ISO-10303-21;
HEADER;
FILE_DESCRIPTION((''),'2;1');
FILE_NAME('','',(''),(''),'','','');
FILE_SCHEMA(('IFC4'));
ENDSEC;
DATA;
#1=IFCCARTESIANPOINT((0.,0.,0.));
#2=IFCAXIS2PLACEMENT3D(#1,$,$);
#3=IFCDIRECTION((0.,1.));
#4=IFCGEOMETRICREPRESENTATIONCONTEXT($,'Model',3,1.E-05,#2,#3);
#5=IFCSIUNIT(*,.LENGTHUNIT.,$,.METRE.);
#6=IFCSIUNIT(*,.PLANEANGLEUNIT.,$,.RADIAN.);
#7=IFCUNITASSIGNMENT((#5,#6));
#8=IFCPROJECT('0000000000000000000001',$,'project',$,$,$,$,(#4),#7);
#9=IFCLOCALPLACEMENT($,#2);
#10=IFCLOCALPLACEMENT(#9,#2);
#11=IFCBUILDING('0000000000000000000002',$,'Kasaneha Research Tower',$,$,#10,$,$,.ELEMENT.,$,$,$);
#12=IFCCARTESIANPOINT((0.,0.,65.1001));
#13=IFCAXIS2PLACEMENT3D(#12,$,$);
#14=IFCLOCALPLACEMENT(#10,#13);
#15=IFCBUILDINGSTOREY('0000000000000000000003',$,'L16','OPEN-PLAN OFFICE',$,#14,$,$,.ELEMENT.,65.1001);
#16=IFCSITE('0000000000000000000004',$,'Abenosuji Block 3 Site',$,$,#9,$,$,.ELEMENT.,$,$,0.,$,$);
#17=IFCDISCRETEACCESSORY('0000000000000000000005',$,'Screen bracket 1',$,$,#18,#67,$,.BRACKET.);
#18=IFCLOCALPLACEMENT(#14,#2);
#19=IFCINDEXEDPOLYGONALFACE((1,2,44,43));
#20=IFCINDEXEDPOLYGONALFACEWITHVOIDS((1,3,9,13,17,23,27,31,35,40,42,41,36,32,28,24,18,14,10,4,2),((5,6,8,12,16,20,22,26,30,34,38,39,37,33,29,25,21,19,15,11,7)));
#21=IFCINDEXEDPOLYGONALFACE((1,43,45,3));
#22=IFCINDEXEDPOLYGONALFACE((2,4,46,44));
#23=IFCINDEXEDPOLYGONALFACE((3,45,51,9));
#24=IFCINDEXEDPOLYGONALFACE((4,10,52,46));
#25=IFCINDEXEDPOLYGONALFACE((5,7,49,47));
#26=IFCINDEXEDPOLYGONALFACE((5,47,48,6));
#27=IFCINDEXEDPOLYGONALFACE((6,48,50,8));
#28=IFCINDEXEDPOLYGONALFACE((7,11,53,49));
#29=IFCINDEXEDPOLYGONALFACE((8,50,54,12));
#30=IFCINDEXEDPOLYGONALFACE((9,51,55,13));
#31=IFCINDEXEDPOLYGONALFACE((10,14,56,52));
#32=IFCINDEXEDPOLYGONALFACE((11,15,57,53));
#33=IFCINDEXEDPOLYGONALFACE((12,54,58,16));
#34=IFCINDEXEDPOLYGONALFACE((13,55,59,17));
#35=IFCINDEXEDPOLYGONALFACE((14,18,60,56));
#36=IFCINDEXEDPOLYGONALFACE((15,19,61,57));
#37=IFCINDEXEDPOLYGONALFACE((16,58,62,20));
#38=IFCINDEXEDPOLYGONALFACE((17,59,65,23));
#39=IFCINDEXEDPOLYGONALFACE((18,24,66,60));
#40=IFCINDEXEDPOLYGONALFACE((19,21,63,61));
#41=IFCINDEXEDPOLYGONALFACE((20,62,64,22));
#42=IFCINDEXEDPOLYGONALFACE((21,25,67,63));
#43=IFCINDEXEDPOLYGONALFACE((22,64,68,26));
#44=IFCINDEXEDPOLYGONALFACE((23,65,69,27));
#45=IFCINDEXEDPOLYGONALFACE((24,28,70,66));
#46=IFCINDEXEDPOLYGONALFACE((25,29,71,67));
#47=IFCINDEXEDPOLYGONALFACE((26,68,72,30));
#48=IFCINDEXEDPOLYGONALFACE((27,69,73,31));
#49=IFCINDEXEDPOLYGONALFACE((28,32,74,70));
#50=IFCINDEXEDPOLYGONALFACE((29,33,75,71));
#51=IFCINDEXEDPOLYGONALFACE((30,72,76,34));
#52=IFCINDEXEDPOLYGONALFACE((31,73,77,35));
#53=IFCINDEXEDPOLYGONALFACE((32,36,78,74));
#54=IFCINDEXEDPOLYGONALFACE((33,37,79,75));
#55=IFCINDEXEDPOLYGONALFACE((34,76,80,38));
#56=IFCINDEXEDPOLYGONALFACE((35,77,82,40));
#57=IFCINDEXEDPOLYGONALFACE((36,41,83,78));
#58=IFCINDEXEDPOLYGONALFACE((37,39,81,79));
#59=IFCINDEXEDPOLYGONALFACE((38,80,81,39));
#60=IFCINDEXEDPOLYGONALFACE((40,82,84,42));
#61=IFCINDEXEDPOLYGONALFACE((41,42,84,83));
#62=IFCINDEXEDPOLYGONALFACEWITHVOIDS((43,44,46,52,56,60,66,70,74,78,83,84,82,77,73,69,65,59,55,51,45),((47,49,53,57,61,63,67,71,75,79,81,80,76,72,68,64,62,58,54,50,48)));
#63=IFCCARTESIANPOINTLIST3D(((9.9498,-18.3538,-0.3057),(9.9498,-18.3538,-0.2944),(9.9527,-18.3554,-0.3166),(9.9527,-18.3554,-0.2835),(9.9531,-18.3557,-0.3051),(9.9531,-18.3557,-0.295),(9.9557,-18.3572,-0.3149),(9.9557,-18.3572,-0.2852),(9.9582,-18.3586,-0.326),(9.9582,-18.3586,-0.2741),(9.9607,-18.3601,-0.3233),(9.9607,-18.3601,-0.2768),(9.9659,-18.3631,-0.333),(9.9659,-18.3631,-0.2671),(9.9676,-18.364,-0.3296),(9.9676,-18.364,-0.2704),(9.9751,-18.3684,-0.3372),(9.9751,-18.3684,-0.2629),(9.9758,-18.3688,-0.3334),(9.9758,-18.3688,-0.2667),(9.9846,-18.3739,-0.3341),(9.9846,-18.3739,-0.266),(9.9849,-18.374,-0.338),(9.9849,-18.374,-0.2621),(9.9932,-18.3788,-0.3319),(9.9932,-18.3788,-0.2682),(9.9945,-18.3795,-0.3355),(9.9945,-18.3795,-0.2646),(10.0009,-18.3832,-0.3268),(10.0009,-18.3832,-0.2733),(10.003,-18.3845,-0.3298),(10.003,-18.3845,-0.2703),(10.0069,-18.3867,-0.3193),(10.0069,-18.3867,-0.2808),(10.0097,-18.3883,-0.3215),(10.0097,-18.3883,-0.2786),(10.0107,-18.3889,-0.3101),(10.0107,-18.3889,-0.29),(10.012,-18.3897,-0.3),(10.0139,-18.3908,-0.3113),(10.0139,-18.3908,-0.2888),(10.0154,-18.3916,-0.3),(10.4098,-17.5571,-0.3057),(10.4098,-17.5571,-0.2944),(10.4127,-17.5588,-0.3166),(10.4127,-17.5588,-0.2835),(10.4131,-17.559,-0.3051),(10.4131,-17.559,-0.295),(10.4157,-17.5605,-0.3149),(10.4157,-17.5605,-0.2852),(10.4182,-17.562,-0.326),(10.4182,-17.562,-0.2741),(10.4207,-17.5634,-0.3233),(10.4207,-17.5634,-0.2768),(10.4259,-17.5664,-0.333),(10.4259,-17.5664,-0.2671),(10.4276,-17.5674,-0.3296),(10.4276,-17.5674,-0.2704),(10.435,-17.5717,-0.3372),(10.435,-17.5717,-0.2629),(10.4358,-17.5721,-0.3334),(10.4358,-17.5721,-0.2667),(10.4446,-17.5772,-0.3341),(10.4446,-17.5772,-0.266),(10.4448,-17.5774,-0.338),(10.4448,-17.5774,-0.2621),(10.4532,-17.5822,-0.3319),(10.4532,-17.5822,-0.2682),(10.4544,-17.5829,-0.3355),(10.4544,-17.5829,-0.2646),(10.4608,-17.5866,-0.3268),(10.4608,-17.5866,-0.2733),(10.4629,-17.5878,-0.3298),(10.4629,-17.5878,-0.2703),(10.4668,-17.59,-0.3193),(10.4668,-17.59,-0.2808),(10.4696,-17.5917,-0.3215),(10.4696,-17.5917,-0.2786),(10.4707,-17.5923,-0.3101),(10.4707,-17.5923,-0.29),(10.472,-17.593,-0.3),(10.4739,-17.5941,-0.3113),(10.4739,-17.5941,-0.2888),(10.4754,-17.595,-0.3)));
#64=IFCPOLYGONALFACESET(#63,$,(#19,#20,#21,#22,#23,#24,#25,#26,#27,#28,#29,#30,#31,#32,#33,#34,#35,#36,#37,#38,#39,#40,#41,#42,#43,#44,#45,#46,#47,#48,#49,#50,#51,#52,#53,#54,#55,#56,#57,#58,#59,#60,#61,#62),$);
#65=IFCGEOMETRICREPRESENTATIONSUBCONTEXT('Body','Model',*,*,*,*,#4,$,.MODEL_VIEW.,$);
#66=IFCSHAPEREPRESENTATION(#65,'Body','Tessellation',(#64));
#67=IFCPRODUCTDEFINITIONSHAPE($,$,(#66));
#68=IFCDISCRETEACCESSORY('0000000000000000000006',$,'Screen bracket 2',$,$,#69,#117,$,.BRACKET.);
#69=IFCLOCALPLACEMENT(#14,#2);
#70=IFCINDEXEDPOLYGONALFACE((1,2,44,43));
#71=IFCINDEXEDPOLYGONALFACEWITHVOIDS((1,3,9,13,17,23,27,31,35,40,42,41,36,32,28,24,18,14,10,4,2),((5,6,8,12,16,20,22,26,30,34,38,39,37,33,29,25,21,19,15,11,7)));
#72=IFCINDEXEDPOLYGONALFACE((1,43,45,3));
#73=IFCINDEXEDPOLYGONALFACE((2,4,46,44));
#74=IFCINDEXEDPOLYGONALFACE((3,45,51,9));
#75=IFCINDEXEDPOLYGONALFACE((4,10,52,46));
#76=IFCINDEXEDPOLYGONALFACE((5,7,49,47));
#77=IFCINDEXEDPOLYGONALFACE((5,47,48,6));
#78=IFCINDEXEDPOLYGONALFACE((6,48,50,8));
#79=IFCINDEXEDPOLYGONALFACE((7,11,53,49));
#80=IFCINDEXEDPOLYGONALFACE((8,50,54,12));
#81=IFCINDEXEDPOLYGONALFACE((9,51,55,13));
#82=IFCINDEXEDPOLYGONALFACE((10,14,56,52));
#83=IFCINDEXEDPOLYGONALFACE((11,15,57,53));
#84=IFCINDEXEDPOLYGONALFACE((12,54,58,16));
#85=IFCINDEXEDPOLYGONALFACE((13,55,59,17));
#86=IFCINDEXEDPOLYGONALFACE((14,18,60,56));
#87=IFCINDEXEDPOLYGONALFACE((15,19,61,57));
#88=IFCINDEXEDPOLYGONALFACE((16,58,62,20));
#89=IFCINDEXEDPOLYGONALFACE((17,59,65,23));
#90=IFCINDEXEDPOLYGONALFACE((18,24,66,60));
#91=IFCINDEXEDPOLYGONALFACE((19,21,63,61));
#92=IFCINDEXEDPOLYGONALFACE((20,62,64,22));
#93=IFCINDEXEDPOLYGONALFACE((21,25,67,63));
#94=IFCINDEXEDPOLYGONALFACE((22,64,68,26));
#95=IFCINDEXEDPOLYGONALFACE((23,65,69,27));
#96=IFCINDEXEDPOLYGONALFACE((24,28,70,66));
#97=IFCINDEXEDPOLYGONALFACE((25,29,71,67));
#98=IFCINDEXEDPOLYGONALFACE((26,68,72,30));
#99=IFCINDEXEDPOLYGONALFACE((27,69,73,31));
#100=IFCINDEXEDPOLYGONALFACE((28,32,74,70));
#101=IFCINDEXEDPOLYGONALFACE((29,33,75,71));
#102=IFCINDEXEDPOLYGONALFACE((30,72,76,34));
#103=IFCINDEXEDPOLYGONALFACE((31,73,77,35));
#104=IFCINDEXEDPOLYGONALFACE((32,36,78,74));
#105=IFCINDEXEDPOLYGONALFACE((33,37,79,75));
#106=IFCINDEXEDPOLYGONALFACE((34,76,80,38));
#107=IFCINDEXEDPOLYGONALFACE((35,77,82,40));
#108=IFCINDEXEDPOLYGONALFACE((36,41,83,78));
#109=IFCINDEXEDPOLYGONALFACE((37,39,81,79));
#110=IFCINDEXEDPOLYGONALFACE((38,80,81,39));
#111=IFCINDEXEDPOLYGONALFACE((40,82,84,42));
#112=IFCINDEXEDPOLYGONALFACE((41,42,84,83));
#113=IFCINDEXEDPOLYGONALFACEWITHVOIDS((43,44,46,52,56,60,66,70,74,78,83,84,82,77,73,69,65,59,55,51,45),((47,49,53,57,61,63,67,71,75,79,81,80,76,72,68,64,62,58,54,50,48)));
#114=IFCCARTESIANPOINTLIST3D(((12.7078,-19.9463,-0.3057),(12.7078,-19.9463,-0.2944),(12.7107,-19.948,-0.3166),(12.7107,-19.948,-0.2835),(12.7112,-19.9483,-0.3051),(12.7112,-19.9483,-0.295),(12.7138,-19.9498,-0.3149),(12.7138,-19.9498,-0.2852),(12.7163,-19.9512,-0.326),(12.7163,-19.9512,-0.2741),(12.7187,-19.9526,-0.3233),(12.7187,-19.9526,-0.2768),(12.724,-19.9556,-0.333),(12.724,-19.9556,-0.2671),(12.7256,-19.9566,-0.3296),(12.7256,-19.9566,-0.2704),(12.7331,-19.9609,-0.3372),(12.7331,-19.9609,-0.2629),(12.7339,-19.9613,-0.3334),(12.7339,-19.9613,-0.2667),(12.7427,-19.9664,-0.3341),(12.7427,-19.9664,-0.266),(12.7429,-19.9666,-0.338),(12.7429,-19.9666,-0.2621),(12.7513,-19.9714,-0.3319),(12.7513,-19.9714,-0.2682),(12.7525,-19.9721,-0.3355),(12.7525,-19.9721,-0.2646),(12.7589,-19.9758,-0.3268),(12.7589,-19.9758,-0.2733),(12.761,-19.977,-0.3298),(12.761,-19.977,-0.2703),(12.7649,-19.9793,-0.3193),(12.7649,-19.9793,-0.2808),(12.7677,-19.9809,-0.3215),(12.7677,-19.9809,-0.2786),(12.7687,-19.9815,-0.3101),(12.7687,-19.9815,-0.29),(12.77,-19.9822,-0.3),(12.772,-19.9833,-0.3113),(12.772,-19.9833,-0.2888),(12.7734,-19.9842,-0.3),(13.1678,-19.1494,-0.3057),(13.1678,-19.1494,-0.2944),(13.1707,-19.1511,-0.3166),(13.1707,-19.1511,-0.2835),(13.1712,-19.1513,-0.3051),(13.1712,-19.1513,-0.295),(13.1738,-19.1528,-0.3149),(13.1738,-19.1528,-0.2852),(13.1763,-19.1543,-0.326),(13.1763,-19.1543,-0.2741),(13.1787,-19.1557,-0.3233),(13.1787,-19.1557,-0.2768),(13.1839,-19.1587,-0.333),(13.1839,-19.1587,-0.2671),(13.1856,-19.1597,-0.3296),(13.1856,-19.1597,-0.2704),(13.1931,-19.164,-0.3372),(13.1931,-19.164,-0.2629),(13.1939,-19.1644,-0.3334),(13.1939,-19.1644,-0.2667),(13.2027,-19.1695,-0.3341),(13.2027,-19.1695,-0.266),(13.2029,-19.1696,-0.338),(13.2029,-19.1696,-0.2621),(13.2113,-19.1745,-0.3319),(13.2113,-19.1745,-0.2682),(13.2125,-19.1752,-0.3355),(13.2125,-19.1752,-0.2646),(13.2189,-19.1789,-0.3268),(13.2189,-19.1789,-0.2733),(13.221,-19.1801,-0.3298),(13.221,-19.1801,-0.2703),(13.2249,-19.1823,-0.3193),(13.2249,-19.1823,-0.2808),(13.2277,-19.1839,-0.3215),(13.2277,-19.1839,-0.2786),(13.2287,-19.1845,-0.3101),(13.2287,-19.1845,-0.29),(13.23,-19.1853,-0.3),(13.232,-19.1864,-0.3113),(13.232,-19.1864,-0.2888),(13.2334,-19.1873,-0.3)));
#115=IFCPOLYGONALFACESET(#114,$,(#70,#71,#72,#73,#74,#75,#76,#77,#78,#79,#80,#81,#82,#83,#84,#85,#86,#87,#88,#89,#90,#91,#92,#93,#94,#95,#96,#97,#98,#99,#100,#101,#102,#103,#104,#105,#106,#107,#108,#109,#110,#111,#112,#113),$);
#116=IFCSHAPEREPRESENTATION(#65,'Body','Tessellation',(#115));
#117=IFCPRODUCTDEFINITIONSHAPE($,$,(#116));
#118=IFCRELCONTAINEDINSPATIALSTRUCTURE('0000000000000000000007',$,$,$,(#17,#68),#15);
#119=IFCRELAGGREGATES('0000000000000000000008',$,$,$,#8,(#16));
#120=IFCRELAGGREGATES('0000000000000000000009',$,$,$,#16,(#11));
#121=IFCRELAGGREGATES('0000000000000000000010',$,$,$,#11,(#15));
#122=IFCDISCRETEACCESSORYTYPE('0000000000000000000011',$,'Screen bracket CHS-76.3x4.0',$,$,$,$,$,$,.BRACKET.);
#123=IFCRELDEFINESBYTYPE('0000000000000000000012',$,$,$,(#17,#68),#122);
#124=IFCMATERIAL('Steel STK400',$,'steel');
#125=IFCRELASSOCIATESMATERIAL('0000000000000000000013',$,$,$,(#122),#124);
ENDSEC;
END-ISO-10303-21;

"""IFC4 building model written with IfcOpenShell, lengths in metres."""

from ifc_helpers import new_model, si_unit, direction, frame, origin, origin_2d, place, context, subcontext, project, spatial, hollow_circle, extrude, material, material_profile, profile_set, type_object, element, save


model = new_model("IFC4")

# Units and contexts
model_context = context("Model", 3, precision=1e-05, world=origin(), true_north=direction((0.0, 1.0)))
body_context = subcontext(model_context, "Body", "Model", "MODEL_VIEW")
ifc_project = project(units=[si_unit("LENGTHUNIT", "METRE"), si_unit("PLANEANGLEUNIT", "RADIAN")], contexts=[model_context])

# Site, building, storey
site_placement = place(None, origin())
site = spatial("IfcSite", under=ifc_project, at=site_placement, Name="Abenosuji Block 3 Site", CompositionType="ELEMENT", RefElevation=0.0)
building_placement = place(site_placement, origin())
building = spatial("IfcBuilding", under=site, at=building_placement, Name="Kasaneha Research Tower", CompositionType="ELEMENT")
storey_placement = place(building_placement, frame((0.0, 0.0, 65.1001)))
storey = spatial("IfcBuildingStorey", under=building, at=storey_placement, Name="L16", Description="OPEN-PLAN OFFICE", CompositionType="ELEMENT", Elevation=65.1001)

# Discrete accessories
ifc_material_1 = material(Name="Steel STK400", Category="steel")
ifc_material_profile_1 = material_profile(ifc_material_1, hollow_circle(Radius=0.0381, WallThickness=0.0039, at=origin_2d()), Name="CHS-76.3x4.0")
ifc_profile_set_1 = profile_set([ifc_material_profile_1], Name="Steel STK400")
discrete_accessory_type = type_object("IfcDiscreteAccessoryType", Name="Screen bracket CHS-76.3x4.0", PredefinedType="BRACKET", material=ifc_profile_set_1)
for number, where, z_axis, x_axis, name in (
    (1, (10.4424, -17.5759, -0.3), (-0.500021, -0.866013, 0.0), (0.866013, -0.500021, 0.0), "Screen bracket 1"),
):
    element("IfcDiscreteAccessory", number, at=place(storey_placement, frame(where, z_axis=z_axis, x_axis=x_axis)), inside=storey, type_object=discrete_accessory_type, Name=name, PredefinedType="BRACKET", context=body_context, shape_type="SweptSolid", body=[
        extrude(hollow_circle(Radius=0.0381, WallThickness=0.0039, at=origin_2d()), origin(), (0.0, 0.0, 1.0), 0.9199),
    ])
discrete_accessory_placement = place(storey_placement, frame((13.2004, -19.1682, -0.3), z_axis=(-0.499906, -0.86608, 0.0), x_axis=(0.86608, -0.499906, 0.0)))
element("IfcDiscreteAccessory", 2, at=discrete_accessory_placement, inside=storey, type_object=discrete_accessory_type, Name="Screen bracket 2", PredefinedType="BRACKET", context=body_context, shape_type="SweptSolid", body=[
    extrude(hollow_circle(Radius=0.0381, WallThickness=0.0039, at=origin_2d()), origin(), (0.0, 0.0, 1.0), 0.9202),
])

save(model, "model.ifc")
